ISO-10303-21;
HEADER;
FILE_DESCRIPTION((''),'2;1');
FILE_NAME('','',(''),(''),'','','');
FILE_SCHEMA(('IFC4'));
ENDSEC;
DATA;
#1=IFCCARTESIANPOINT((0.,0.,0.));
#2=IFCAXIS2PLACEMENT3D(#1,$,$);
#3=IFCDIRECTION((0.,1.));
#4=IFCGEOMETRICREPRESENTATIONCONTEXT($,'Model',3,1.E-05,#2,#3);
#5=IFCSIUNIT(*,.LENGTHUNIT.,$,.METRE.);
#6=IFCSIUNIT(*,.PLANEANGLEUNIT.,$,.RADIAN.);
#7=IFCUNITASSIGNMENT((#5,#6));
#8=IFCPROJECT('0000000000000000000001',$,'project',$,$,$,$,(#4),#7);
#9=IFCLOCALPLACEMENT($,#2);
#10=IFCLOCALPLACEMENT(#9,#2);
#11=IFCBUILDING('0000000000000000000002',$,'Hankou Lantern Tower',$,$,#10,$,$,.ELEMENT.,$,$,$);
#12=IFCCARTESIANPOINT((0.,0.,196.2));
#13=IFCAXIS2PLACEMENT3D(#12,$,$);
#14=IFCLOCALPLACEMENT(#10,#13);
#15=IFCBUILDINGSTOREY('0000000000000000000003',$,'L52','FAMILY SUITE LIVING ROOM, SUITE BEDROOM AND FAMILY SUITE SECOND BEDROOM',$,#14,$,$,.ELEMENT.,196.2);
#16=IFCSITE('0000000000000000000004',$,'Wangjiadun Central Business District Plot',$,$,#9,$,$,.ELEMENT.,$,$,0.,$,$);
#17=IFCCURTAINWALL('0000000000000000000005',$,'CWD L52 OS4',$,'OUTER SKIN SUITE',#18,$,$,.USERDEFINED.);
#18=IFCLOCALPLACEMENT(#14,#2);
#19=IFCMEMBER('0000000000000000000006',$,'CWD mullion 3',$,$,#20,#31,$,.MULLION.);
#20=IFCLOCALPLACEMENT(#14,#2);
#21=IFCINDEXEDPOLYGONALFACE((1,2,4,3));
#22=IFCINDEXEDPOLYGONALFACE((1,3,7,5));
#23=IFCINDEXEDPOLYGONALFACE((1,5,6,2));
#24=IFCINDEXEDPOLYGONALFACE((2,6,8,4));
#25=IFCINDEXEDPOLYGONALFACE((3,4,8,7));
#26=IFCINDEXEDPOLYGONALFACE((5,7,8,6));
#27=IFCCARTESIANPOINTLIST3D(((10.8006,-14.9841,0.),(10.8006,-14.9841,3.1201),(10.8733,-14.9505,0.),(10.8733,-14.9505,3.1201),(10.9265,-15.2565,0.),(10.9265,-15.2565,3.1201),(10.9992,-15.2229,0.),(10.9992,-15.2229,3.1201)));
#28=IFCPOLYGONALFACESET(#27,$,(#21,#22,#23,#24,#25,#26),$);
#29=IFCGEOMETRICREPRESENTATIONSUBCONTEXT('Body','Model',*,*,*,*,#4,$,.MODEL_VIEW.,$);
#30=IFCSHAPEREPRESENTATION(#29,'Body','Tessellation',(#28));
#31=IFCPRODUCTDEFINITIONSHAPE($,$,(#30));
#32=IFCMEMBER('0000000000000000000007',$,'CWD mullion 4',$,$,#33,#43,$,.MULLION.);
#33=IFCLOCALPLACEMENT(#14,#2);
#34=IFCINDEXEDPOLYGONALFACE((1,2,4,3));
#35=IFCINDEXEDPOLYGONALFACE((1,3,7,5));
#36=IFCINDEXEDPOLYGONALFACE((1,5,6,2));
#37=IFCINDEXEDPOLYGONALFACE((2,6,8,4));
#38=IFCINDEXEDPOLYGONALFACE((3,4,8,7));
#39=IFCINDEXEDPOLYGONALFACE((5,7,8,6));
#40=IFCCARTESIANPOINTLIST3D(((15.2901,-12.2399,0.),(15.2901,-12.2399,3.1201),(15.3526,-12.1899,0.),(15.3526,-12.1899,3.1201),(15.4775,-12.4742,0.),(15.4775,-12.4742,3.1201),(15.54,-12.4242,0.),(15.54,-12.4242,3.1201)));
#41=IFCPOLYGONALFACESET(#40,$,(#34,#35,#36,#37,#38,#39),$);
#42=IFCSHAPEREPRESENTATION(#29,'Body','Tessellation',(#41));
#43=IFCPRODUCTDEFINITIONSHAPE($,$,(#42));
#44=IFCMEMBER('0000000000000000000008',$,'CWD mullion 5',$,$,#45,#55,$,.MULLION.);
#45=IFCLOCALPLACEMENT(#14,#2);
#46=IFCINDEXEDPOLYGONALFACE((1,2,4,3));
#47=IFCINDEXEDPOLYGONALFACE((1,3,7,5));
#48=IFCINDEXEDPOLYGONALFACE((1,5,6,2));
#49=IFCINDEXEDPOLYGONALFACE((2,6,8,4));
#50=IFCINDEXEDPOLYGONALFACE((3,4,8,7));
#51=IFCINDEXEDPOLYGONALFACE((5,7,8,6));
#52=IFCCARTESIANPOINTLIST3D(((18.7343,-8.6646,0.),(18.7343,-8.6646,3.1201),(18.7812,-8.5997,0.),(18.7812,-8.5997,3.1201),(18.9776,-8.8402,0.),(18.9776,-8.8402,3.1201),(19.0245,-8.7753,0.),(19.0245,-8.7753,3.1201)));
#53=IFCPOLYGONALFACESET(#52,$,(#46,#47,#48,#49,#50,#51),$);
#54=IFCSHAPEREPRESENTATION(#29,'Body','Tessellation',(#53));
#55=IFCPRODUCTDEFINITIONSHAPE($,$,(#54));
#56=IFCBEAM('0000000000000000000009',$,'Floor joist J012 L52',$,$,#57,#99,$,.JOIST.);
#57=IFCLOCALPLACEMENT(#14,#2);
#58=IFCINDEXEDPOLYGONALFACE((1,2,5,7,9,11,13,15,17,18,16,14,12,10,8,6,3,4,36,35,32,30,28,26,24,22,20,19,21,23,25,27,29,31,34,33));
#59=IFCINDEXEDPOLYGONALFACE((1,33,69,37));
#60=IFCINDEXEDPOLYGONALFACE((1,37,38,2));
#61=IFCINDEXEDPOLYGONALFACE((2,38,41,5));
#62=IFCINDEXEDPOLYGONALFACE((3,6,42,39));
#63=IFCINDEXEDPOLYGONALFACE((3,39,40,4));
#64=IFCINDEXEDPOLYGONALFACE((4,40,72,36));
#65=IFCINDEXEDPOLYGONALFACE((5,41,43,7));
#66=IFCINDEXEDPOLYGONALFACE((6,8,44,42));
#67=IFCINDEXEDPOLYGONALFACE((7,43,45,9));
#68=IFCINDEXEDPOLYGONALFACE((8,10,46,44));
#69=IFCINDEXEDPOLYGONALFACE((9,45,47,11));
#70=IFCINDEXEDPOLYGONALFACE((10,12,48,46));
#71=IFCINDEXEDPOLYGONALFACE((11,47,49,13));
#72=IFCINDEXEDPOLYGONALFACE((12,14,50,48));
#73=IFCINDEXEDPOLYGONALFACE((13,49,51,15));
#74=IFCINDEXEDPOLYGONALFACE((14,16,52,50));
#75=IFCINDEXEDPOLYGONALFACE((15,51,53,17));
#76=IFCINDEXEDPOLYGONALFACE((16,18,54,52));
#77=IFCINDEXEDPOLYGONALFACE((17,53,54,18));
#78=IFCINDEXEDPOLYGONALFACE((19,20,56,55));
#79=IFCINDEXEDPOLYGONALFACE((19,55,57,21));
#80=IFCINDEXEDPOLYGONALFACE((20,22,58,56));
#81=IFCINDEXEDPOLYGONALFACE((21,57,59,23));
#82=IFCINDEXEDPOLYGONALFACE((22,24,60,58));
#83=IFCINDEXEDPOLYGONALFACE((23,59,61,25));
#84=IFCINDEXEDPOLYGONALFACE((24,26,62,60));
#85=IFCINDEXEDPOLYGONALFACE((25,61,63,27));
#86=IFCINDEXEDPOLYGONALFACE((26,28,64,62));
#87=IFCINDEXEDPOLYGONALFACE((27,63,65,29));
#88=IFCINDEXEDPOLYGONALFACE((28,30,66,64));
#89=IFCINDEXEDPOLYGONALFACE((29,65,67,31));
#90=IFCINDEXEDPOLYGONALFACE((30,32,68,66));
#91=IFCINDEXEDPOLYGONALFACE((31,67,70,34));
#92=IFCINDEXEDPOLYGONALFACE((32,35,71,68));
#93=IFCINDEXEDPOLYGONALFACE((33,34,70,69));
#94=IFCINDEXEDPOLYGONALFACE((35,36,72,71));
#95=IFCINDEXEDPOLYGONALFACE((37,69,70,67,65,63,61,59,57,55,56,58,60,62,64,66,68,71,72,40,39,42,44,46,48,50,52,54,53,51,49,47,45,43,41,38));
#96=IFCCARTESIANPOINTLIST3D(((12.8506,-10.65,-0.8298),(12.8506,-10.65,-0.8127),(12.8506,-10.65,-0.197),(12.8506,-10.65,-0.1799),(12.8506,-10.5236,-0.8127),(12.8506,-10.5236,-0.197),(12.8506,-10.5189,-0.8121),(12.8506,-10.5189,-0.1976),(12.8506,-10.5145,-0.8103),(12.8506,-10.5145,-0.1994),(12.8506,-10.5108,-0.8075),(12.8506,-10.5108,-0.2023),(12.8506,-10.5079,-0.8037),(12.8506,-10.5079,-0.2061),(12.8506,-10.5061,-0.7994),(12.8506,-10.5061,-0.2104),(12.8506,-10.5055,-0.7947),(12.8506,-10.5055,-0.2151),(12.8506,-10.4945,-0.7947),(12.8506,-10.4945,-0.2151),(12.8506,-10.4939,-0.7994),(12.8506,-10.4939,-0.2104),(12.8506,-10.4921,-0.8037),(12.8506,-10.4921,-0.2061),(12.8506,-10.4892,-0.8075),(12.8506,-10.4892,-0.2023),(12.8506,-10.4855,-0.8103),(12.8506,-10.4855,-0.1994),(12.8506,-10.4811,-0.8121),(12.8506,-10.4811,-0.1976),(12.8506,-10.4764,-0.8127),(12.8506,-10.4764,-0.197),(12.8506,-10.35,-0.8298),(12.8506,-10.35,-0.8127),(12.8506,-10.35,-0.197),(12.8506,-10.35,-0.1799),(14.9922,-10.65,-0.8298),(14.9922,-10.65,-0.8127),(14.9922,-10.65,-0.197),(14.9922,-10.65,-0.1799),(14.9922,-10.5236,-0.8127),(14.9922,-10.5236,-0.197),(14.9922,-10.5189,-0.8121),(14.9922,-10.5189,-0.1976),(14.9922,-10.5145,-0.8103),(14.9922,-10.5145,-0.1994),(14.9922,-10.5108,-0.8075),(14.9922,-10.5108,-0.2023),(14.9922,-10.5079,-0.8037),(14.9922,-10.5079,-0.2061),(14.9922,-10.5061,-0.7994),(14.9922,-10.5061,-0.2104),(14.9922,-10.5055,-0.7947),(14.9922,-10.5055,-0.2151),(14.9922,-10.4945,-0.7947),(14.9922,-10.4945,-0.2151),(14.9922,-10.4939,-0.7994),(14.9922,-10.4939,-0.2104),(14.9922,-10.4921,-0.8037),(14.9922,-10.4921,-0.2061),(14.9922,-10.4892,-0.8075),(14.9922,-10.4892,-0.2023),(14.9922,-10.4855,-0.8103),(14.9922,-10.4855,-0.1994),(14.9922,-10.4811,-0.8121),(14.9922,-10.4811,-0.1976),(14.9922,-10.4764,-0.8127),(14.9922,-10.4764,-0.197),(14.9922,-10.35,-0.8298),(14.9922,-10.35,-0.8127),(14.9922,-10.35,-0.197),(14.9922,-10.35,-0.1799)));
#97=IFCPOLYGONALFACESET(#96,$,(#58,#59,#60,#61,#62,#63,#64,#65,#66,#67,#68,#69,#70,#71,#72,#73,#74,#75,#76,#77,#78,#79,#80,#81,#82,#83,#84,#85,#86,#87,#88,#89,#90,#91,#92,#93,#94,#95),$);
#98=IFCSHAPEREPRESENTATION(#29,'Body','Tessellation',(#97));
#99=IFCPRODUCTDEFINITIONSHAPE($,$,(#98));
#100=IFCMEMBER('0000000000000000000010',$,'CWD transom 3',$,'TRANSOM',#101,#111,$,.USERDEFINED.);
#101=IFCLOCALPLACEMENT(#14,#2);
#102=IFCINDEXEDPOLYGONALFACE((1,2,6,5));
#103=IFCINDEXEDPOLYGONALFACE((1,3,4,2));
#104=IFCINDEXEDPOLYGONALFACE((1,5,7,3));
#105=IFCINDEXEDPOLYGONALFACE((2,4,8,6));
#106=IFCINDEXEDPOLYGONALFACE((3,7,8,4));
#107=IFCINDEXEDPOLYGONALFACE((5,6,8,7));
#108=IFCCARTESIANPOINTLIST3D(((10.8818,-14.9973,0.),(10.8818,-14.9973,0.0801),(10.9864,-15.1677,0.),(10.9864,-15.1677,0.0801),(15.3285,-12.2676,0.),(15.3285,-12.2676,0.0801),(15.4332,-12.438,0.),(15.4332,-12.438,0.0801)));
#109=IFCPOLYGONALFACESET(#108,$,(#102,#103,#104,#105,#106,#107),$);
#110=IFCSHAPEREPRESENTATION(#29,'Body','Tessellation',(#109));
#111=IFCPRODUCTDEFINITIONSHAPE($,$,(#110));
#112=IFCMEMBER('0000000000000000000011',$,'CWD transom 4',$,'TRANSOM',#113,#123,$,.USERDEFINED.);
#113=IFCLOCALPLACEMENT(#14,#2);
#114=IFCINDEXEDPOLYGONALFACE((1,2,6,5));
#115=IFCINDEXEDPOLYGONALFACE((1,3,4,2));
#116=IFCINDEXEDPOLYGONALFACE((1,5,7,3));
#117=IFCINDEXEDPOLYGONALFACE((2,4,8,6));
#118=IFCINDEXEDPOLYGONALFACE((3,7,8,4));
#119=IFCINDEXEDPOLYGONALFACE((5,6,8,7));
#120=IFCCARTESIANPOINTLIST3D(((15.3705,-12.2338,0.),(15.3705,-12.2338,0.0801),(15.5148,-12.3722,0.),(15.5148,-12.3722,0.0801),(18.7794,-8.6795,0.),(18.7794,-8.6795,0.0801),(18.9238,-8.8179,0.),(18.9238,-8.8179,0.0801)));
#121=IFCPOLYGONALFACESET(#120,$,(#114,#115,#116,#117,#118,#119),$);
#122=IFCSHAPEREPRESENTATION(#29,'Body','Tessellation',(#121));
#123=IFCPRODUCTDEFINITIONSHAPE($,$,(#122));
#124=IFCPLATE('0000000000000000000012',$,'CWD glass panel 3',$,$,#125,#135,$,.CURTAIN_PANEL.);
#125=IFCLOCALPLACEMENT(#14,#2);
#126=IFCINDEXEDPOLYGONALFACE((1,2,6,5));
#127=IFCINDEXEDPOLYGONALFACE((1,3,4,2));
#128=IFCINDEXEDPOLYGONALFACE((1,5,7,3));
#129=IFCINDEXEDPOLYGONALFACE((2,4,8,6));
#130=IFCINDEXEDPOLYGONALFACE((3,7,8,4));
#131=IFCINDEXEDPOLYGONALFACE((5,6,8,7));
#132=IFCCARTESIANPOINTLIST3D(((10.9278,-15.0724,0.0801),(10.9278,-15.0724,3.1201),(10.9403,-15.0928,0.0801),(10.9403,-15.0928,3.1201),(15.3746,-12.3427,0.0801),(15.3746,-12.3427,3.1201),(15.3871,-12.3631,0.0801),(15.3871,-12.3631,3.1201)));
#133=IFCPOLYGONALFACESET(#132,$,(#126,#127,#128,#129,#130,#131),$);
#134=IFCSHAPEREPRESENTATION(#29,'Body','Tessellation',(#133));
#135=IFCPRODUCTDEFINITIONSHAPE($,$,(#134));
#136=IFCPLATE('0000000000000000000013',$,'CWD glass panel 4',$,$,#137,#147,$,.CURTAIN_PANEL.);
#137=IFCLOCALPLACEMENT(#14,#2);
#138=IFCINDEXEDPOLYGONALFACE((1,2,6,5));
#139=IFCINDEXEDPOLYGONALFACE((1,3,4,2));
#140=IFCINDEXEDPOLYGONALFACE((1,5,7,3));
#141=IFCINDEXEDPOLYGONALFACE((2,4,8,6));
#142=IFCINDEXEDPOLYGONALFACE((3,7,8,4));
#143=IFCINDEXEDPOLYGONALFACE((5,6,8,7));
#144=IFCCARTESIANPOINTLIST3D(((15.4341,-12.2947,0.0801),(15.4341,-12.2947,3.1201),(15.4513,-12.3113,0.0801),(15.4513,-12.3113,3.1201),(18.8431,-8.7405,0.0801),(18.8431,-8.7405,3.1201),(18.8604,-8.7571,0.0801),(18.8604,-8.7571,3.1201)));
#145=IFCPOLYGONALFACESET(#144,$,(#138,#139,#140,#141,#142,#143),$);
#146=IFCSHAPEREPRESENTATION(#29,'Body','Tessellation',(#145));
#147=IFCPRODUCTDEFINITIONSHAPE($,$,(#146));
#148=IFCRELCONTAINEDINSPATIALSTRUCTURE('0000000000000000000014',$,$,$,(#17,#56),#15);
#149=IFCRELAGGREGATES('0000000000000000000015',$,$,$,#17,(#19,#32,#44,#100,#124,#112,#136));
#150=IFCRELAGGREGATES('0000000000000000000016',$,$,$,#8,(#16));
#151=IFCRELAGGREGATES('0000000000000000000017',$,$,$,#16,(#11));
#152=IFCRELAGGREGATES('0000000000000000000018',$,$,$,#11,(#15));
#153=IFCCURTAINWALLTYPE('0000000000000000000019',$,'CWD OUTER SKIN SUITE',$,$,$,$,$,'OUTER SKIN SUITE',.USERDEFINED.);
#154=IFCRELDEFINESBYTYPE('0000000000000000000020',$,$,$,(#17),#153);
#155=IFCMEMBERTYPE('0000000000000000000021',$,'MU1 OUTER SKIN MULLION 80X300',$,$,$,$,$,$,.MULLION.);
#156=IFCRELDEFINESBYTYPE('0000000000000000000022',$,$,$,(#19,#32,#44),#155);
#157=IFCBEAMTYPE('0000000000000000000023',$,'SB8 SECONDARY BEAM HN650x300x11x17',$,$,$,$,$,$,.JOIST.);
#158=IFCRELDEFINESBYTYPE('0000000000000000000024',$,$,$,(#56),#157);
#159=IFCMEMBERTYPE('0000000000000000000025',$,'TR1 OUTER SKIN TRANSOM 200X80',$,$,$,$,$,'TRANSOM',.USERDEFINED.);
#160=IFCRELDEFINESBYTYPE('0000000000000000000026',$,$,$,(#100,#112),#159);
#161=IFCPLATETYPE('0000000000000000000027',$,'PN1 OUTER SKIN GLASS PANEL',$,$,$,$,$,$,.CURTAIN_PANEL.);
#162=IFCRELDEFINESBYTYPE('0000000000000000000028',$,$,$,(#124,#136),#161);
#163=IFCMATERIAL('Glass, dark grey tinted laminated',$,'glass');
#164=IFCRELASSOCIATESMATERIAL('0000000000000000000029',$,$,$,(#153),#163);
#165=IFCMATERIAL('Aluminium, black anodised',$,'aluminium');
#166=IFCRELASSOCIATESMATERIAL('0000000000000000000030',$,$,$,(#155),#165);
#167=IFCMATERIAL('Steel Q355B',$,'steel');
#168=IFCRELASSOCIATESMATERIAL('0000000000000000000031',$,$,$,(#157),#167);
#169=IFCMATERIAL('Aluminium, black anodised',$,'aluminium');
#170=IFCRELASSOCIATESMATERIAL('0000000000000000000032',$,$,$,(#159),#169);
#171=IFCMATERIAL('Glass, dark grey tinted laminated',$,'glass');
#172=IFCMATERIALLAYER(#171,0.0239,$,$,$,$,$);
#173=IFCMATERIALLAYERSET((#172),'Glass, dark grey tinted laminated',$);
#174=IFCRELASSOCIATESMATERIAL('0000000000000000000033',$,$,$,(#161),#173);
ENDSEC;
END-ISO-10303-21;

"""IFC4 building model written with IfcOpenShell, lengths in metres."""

from ifc_helpers import new_model, si_unit, direction, frame, origin, origin_2d, place, context, subcontext, project, spatial, rectangle, i_section, extrude, material, layer, layer_set, material_profile, profile_set, type_object, element, aggregate, save


model = new_model("IFC4")

# Units and contexts
model_context = context("Model", 3, precision=1e-05, world=origin(), true_north=direction((0.0, 1.0)))
body_context = subcontext(model_context, "Body", "Model", "MODEL_VIEW")
ifc_project = project(units=[si_unit("LENGTHUNIT", "METRE"), si_unit("PLANEANGLEUNIT", "RADIAN")], contexts=[model_context])

# Site, building, storey
site_placement = place(None, origin())
site = spatial("IfcSite", under=ifc_project, at=site_placement, Name="Wangjiadun Central Business District Plot", CompositionType="ELEMENT", RefElevation=0.0)
building_placement = place(site_placement, origin())
building = spatial("IfcBuilding", under=site, at=building_placement, Name="Hankou Lantern Tower", CompositionType="ELEMENT")
storey_placement = place(building_placement, frame((0.0, 0.0, 196.2)))
storey = spatial("IfcBuildingStorey", under=building, at=storey_placement, Name="L52", Description="FAMILY SUITE LIVING ROOM, SUITE BEDROOM AND FAMILY SUITE SECOND BEDROOM", CompositionType="ELEMENT", Elevation=196.2)

# Curtain wall, members
ifc_material_1 = material(Name="Glass, dark grey tinted laminated", Category="glass")
curtain_wall_type = type_object("IfcCurtainWallType", Name="CWD OUTER SKIN SUITE", ElementType="OUTER SKIN SUITE", PredefinedType="USERDEFINED", material=ifc_material_1)
curtain_wall_placement = place(storey_placement, origin())
curtain_wall = element("IfcCurtainWall", 1, at=curtain_wall_placement, inside=storey, type_object=curtain_wall_type, Name="CWD L52 OS4", ObjectType="OUTER SKIN SUITE", PredefinedType="USERDEFINED")
ifc_material_2 = material(Name="Aluminium, black anodised", Category="aluminium")
ifc_material_profile_1 = material_profile(ifc_material_2, rectangle(XDim=0.0801, YDim=0.3, at=origin_2d()), Name="MU1 80X300")
ifc_profile_set_1 = profile_set([ifc_material_profile_1], Name="Aluminium, black anodised")
member_type_1 = type_object("IfcMemberType", Name="MU1 OUTER SKIN MULLION 80X300", PredefinedType="MULLION", material=ifc_profile_set_1)
member_1_placement = place(storey_placement, frame((10.8999, -15.1035, 0.0), z_axis=(0.0, 0.0, 1.0), x_axis=(0.907841, 0.419314, 0.0)))
member_1 = element("IfcMember", 2, at=member_1_placement, type_object=member_type_1, Name="CWD mullion 3", PredefinedType="MULLION", context=body_context, shape_type="SweptSolid", body=[
    extrude(rectangle(XDim=0.0801, YDim=0.3, at=origin_2d()), origin(), (0.0, 0.0, 1.0), 3.1201),
])
member_2_placement = place(storey_placement, frame((15.415, -12.332, 0.0), z_axis=(0.0, 0.0, 1.0), x_axis=(0.780869, 0.624695, 0.0)))
member_2 = element("IfcMember", 3, at=member_2_placement, type_object=member_type_1, Name="CWD mullion 4", PredefinedType="MULLION", context=body_context, shape_type="SweptSolid", body=[
    extrude(rectangle(XDim=0.0801, YDim=0.3, at=origin_2d()), origin(), (0.0, 0.0, 1.0), 3.1201),
])
member_3_placement = place(storey_placement, frame((18.8794, -8.72, 0.0), z_axis=(0.0, 0.0, 1.0), x_axis=(0.585206, 0.810885, 0.0)))
member_3 = element("IfcMember", 4, at=member_3_placement, type_object=member_type_1, Name="CWD mullion 5", PredefinedType="MULLION", context=body_context, shape_type="SweptSolid", body=[
    extrude(rectangle(XDim=0.0801, YDim=0.3, at=origin_2d()), origin(), (0.0, 0.0, 1.0), 3.1201),
])

# Beam
ifc_material_3 = material(Name="Steel Q355B", Category="steel")
ifc_material_profile_2 = material_profile(ifc_material_3, i_section(OverallWidth=0.3, OverallDepth=0.6499, WebThickness=0.011, FlangeThickness=0.0171, FilletRadius=0.0181, at=origin_2d()), Name="HN650x300x11x17")
ifc_profile_set_2 = profile_set([ifc_material_profile_2], Name="Steel Q355B")
beam_type_1 = type_object("IfcBeamType", Name="SB8 SECONDARY BEAM HN650x300x11x17", PredefinedType="JOIST", material=ifc_profile_set_2)
beam_1_placement = place(storey_placement, frame((12.8506, -10.5, -0.5049), z_axis=(1.0, 0.0, 0.0), x_axis=(0.0, 1.0, 0.0)))
element("IfcBeam", 5, at=beam_1_placement, inside=storey, type_object=beam_type_1, Name="Floor joist J012 L52", PredefinedType="JOIST", context=body_context, shape_type="SweptSolid", body=[
    extrude(i_section(OverallWidth=0.3, OverallDepth=0.6499, WebThickness=0.011, FlangeThickness=0.0171, FilletRadius=0.0181, at=origin_2d()), origin(), (0.0, 0.0, 1.0), 2.1416),
])

# Members
ifc_material_4 = material(Name="Aluminium, black anodised", Category="aluminium")
ifc_material_profile_3 = material_profile(ifc_material_4, rectangle(XDim=0.2, YDim=0.0801, at=origin_2d()), Name="TR1 200X80")
ifc_profile_set_3 = profile_set([ifc_material_profile_3], Name="Aluminium, black anodised")
member_type_2 = type_object("IfcMemberType", Name="TR1 OUTER SKIN TRANSOM 200X80", ElementType="TRANSOM", PredefinedType="USERDEFINED", material=ifc_profile_set_3)
member_4_placement = place(storey_placement, frame((10.9341, -15.0825, 0.04), z_axis=(0.852235, 0.52316, 0.0), x_axis=(-0.52316, 0.852235, 0.0)))
member_4 = element("IfcMember", 6, at=member_4_placement, type_object=member_type_2, Name="CWD transom 3", ObjectType="TRANSOM", PredefinedType="USERDEFINED", context=body_context, shape_type="SweptSolid", body=[
    extrude(rectangle(XDim=0.2, YDim=0.0801, at=origin_2d()), origin(), (0.0, 0.0, 1.0), 5.2178),
])
member_5_placement = place(storey_placement, frame((15.4426, -12.303, 0.04), z_axis=(0.692205, 0.721701, 0.0), x_axis=(-0.721701, 0.692205, 0.0)))
member_5 = element("IfcMember", 7, at=member_5_placement, type_object=member_type_2, Name="CWD transom 4", ObjectType="TRANSOM", PredefinedType="USERDEFINED", context=body_context, shape_type="SweptSolid", body=[
    extrude(rectangle(XDim=0.2, YDim=0.0801, at=origin_2d()), origin(), (0.0, 0.0, 1.0), 4.9248),
])

# Plates
ifc_material_5 = material(Name="Glass, dark grey tinted laminated", Category="glass")
ifc_layer_1 = layer(ifc_material_5, 0.0239)
ifc_layer_set_1 = layer_set([ifc_layer_1], Name="Glass, dark grey tinted laminated")
plate_type = type_object("IfcPlateType", Name="PN1 OUTER SKIN GLASS PANEL", PredefinedType="CURTAIN_PANEL", material=ifc_layer_set_1)
plate_1_placement = place(storey_placement, frame((13.1575, -13.7178, 0.0801), z_axis=(0.0, 0.0, 1.0), x_axis=(0.852237, 0.523156, 0.0)))
plate_1 = element("IfcPlate", 8, at=plate_1_placement, type_object=plate_type, Name="CWD glass panel 3", PredefinedType="CURTAIN_PANEL", context=body_context, shape_type="SweptSolid", body=[
    extrude(rectangle(XDim=5.2178, YDim=0.0239, at=origin_2d()), origin(), (0.0, 0.0, 1.0), 3.04),
])
plate_2_placement = place(storey_placement, frame((17.1472, -10.5259, 0.0801), z_axis=(0.0, 0.0, 1.0), x_axis=(0.692216, 0.721691, 0.0)))
plate_2 = element("IfcPlate", 9, at=plate_2_placement, type_object=plate_type, Name="CWD glass panel 4", PredefinedType="CURTAIN_PANEL", context=body_context, shape_type="SweptSolid", body=[
    extrude(rectangle(XDim=4.9248, YDim=0.0239, at=origin_2d()), origin(), (0.0, 0.0, 1.0), 3.04),
])
aggregate(curtain_wall, [member_1, member_2, member_3, member_4, plate_1, member_5, plate_2])

save(model, "model.ifc")
